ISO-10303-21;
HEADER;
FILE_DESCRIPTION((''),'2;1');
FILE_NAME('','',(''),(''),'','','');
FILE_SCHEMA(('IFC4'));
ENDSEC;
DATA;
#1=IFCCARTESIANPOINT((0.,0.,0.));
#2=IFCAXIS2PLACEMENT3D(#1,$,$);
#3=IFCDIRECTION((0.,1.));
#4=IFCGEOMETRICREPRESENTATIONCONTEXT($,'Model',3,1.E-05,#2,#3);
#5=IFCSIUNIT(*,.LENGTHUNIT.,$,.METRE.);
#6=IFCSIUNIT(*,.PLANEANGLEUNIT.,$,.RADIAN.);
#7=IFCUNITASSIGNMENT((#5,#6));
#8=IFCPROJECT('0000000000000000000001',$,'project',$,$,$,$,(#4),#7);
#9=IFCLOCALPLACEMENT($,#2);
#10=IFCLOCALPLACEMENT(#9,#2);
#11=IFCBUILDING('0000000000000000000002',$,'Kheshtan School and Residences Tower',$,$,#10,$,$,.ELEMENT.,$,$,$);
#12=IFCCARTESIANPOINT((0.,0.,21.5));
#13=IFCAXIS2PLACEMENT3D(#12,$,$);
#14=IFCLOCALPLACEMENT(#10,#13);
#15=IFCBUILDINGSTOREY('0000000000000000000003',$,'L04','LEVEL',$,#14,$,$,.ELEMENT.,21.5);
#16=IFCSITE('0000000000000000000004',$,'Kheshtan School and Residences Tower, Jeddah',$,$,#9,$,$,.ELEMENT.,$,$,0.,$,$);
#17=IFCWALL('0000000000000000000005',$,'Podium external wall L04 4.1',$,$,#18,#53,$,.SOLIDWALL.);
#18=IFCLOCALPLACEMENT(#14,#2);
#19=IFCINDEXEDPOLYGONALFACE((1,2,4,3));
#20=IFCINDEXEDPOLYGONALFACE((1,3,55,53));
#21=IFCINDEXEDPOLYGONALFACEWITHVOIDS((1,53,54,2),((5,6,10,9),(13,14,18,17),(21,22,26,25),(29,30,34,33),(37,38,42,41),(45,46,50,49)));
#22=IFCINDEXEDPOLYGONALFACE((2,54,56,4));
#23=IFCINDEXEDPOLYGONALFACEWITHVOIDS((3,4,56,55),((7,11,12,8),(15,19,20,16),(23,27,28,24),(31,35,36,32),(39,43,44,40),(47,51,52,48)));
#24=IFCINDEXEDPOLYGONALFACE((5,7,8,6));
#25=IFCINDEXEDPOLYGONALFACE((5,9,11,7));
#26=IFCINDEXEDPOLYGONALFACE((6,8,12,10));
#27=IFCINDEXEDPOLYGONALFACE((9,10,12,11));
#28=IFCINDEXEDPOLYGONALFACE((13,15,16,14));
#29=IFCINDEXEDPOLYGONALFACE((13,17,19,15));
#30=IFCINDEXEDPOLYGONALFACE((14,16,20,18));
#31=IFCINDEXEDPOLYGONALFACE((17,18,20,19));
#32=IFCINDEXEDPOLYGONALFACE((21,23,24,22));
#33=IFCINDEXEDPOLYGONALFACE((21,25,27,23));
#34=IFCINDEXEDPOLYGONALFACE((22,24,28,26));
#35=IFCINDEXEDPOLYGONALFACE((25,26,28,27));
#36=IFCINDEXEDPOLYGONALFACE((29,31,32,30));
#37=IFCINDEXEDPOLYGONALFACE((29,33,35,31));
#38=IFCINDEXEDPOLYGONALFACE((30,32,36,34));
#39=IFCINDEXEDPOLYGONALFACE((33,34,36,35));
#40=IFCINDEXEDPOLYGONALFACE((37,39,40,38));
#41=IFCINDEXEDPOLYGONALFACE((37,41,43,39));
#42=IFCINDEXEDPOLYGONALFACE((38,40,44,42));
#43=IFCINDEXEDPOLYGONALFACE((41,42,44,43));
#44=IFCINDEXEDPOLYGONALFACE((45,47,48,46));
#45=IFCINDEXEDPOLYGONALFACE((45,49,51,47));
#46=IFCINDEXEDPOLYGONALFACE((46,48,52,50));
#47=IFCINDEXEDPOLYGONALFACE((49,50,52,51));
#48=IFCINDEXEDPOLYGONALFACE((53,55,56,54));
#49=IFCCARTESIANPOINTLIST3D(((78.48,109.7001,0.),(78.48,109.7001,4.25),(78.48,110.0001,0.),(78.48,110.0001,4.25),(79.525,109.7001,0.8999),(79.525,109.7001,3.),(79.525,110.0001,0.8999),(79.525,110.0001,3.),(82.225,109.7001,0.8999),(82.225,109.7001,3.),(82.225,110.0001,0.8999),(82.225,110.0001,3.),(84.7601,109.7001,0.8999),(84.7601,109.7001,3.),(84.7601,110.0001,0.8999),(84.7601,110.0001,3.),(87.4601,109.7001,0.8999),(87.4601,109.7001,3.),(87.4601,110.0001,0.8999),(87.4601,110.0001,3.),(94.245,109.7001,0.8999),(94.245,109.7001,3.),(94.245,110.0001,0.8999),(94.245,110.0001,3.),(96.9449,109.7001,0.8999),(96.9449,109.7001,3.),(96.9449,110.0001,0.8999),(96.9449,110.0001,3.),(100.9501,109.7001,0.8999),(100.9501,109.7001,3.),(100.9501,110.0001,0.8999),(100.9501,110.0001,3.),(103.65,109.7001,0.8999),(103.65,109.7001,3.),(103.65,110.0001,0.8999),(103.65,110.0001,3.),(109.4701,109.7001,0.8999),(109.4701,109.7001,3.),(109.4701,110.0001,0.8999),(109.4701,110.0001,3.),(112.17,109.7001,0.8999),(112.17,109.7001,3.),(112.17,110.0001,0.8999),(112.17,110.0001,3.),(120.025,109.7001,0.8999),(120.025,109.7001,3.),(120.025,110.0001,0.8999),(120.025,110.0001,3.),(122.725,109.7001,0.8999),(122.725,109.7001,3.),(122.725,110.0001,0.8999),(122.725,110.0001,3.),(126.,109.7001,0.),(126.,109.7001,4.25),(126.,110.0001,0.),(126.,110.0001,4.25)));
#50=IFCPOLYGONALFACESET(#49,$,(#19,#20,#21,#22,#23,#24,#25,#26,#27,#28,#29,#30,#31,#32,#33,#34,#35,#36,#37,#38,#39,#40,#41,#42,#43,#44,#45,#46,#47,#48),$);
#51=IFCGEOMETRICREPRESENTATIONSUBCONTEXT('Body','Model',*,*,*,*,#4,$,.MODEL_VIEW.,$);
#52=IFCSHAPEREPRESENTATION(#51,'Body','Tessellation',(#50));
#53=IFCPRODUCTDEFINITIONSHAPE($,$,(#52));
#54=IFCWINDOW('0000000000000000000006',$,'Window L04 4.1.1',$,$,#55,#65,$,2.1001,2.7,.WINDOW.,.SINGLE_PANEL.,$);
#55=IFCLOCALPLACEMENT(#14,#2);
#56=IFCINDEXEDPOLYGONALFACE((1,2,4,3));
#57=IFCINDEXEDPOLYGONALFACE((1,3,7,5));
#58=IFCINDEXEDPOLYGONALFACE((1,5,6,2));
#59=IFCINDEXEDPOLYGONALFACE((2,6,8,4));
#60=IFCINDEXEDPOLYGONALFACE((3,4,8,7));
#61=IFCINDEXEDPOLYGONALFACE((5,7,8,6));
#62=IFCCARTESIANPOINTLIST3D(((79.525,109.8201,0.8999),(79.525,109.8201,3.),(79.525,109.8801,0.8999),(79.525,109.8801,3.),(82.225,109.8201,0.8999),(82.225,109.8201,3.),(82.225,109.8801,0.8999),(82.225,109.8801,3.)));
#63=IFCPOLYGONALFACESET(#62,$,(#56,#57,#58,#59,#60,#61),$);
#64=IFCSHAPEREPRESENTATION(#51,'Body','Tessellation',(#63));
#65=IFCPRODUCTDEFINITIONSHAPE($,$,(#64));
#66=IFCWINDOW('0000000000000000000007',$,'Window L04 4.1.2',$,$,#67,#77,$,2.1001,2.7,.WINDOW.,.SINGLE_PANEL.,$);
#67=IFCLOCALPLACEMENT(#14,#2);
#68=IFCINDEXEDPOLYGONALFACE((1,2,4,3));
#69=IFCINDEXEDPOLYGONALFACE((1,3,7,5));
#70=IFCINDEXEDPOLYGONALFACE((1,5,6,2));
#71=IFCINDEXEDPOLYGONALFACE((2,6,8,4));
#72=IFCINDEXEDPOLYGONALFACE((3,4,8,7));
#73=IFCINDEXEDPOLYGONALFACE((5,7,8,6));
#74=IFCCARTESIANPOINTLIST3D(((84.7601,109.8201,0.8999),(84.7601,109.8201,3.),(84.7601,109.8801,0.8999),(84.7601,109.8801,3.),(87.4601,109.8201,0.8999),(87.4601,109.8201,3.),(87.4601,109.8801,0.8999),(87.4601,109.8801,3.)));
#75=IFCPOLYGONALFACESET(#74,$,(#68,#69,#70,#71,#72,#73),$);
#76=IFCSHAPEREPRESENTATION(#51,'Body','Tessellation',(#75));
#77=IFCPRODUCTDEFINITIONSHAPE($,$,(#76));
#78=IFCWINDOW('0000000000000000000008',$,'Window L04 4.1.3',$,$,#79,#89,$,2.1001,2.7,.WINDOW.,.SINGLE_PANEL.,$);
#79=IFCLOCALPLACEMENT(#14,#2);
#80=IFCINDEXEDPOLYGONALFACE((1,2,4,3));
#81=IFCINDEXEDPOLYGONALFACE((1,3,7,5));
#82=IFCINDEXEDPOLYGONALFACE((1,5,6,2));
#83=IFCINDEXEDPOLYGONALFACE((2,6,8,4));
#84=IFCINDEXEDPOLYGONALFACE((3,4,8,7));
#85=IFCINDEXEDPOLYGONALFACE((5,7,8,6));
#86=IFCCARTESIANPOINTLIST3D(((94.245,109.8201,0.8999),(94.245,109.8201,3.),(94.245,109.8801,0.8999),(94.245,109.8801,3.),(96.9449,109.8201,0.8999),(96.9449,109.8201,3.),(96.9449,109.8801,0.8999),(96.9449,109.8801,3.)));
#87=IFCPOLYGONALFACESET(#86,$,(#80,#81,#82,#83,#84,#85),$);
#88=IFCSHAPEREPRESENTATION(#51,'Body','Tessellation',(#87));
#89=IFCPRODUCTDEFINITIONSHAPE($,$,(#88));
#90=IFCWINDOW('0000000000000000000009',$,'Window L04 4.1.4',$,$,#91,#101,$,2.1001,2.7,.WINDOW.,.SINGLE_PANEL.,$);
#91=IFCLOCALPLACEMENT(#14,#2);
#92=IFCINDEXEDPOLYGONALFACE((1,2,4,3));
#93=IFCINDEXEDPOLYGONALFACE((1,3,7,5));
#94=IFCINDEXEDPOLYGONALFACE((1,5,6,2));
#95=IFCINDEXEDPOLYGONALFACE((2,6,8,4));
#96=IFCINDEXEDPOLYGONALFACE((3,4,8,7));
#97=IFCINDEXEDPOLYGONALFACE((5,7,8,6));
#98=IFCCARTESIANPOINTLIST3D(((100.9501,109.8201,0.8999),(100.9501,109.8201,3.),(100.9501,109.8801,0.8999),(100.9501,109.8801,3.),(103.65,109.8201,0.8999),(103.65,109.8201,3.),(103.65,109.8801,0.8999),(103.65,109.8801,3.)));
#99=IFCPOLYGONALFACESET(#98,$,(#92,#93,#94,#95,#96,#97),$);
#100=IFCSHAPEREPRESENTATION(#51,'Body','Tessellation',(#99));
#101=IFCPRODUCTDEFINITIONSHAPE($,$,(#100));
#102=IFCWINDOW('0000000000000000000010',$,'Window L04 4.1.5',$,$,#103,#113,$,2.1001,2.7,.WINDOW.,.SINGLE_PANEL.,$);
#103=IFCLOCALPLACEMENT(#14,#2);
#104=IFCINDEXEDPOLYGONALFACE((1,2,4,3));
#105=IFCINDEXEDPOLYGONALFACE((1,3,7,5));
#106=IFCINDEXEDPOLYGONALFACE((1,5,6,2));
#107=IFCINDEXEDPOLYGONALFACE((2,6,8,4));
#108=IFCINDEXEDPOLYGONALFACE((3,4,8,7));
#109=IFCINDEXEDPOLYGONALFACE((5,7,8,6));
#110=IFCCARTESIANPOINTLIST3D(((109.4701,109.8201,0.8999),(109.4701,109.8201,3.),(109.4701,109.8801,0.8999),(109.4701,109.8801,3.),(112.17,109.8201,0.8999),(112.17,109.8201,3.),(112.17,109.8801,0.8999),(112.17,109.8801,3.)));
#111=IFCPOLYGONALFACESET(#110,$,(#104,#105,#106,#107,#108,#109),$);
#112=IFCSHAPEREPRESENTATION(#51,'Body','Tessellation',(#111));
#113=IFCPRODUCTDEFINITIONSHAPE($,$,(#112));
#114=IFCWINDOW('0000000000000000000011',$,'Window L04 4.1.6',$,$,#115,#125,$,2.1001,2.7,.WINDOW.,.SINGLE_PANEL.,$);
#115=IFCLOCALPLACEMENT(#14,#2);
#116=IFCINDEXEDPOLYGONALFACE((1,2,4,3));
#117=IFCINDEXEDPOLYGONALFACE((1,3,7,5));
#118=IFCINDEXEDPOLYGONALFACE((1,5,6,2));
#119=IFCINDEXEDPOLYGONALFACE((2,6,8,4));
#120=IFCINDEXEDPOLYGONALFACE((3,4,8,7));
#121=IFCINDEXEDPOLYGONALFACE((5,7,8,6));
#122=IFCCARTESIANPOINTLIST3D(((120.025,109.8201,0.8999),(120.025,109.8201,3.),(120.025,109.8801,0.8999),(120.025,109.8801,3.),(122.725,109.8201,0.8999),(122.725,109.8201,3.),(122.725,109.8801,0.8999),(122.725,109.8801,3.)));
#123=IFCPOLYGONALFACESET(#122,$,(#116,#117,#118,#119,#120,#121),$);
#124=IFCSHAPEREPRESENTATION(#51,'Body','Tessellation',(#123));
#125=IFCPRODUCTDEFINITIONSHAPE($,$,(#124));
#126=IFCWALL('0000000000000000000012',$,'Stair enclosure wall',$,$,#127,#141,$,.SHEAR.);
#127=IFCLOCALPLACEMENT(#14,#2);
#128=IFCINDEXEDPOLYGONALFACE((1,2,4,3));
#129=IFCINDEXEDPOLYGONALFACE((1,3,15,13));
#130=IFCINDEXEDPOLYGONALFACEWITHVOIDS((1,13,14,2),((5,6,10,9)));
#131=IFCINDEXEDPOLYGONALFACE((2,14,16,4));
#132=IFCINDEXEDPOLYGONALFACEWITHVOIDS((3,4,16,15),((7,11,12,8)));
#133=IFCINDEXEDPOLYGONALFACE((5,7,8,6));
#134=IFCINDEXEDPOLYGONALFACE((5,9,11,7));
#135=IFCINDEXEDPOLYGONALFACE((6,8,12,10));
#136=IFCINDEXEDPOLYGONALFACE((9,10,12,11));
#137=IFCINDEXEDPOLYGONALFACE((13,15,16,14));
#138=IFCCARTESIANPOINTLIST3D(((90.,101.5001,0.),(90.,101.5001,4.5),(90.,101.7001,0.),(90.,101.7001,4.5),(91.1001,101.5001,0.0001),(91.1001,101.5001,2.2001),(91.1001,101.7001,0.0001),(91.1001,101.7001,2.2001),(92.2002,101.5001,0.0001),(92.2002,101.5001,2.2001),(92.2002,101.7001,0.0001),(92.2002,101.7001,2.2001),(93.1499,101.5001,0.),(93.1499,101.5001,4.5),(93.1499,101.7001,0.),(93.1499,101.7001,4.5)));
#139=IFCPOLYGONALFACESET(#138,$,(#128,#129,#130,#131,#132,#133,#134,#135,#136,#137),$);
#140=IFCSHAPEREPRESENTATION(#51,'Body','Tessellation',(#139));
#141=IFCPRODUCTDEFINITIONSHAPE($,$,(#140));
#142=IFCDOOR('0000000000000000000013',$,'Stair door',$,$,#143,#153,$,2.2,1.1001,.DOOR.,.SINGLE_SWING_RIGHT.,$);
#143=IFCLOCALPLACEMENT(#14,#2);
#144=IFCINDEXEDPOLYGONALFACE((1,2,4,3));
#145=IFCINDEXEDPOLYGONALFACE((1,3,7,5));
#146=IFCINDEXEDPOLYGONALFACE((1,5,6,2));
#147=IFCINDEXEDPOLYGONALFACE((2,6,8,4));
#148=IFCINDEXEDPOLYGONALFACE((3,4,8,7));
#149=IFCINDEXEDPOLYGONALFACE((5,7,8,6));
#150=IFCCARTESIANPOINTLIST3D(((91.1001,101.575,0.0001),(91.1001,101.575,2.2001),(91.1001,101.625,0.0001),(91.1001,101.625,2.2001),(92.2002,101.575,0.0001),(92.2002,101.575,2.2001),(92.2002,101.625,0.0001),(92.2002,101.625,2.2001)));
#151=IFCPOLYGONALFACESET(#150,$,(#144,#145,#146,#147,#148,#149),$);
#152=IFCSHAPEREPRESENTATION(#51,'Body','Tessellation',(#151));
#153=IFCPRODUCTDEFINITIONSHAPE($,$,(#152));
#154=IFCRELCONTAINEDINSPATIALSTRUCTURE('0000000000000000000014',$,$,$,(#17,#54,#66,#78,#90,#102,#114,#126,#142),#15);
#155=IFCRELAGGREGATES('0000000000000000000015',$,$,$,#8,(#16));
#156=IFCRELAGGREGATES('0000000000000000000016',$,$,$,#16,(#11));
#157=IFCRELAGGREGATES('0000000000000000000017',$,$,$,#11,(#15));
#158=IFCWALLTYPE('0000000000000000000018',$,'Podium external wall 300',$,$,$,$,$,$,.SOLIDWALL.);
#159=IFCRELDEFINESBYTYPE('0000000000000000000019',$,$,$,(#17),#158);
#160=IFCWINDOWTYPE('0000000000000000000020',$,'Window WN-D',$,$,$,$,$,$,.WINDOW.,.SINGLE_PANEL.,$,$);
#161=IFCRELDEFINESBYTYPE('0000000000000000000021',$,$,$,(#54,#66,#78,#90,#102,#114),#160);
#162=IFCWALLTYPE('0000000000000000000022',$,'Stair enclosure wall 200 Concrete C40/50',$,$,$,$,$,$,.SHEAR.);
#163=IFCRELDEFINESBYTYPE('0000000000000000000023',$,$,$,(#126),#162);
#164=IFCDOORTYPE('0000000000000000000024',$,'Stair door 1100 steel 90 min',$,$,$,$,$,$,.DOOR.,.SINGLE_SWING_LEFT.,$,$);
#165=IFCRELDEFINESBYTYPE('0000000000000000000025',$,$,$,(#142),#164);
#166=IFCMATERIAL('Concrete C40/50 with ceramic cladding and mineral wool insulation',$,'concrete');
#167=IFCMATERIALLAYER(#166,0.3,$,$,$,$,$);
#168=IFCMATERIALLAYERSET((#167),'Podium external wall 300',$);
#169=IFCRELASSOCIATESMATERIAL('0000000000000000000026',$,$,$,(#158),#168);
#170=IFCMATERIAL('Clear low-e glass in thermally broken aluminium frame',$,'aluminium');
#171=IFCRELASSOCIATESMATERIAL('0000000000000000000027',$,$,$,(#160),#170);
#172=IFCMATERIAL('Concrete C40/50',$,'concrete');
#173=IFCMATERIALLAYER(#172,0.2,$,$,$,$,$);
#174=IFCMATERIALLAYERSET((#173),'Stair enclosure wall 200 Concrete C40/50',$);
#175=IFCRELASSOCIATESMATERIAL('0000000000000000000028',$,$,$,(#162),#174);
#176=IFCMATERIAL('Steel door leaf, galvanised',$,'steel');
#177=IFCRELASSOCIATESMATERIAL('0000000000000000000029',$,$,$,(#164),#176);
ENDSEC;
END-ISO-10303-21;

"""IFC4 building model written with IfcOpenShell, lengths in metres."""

from ifc_helpers import new_model, si_unit, direction, frame, frame_2d, origin, place, context, subcontext, project, spatial, rectangle, extrude, source, transform, mapped, material, layer, layer_set, type_object, element, fill, save


model = new_model("IFC4")

# Units and contexts
model_context = context("Model", 3, precision=1e-05, world=origin(), true_north=direction((0.0, 1.0)))
body_context = subcontext(model_context, "Body", "Model", "MODEL_VIEW")
ifc_project = project(units=[si_unit("LENGTHUNIT", "METRE"), si_unit("PLANEANGLEUNIT", "RADIAN")], contexts=[model_context])

# Site, building, storey
site_placement = place(None, origin())
site = spatial("IfcSite", under=ifc_project, at=site_placement, Name="Kheshtan School and Residences Tower, Jeddah", CompositionType="ELEMENT", RefElevation=0.0)
building_placement = place(site_placement, origin())
building = spatial("IfcBuilding", under=site, at=building_placement, Name="Kheshtan School and Residences Tower", CompositionType="ELEMENT")
storey_placement = place(building_placement, frame((0.0, 0.0, 21.5)))
storey = spatial("IfcBuildingStorey", under=building, at=storey_placement, Name="L04", Description="LEVEL", CompositionType="ELEMENT", Elevation=21.5)

# Shared definitions
ifc_material_1 = material(Name="Clear low-e glass in thermally broken aluminium frame", Category="aluminium")

# Wall, openings, windows
ifc_material_2 = material(Name="Concrete C40/50 with ceramic cladding and mineral wool insulation", Category="concrete")
ifc_layer_1 = layer(ifc_material_2, 0.3)
ifc_layer_set_1 = layer_set([ifc_layer_1], Name="Podium external wall 300")
wall_type_1 = type_object("IfcWallType", Name="Podium external wall 300", PredefinedType="SOLIDWALL", material=ifc_layer_set_1)
wall_1_placement = place(storey_placement, frame((78.48, 109.8501, 0.0), z_axis=(0.0, 0.0, 1.0), x_axis=(1.0, 0.0, 0.0)))
wall_1 = element("IfcWall", 1, at=wall_1_placement, inside=storey, type_object=wall_type_1, Name="Podium external wall L04 4.1", PredefinedType="SOLIDWALL", context=body_context, shape_type="SweptSolid", body=[
    extrude(rectangle(XDim=47.52, YDim=0.3, at=frame_2d((23.76, 0.0))), origin(), (0.0, 0.0, 1.0), 4.25),
])
opening_1_placement = place(wall_1_placement, frame((1.0449, 0.0, 0.8999)))
opening_1 = element("IfcOpeningElement", 2, at=opening_1_placement, cuts=wall_1, PredefinedType="OPENING", context=body_context, shape_type="SweptSolid", body=[
    extrude(rectangle(XDim=2.7, YDim=2.1001, at=frame_2d((1.3501, 1.05))), frame((0.0, 0.1602, 0.0), z_axis=(0.0, -1.0, 0.0), x_axis=(1.0, 0.0, 0.0)), (0.0, 0.0, 1.0), 0.3201),
])
opening_2_placement = place(wall_1_placement, frame((6.28, 0.0, 0.8999)))
opening_2 = element("IfcOpeningElement", 3, at=opening_2_placement, cuts=wall_1, PredefinedType="OPENING", context=body_context, shape_type="SweptSolid", body=[
    extrude(rectangle(XDim=2.7, YDim=2.1001, at=frame_2d((1.3501, 1.05))), frame((0.0, 0.1602, 0.0), z_axis=(0.0, -1.0, 0.0), x_axis=(1.0, 0.0, 0.0)), (0.0, 0.0, 1.0), 0.3201),
])
opening_3_placement = place(wall_1_placement, frame((15.7649, 0.0, 0.8999)))
opening_3 = element("IfcOpeningElement", 4, at=opening_3_placement, cuts=wall_1, PredefinedType="OPENING", context=body_context, shape_type="SweptSolid", body=[
    extrude(rectangle(XDim=2.7, YDim=2.1001, at=frame_2d((1.3501, 1.05))), frame((0.0, 0.1602, 0.0), z_axis=(0.0, -1.0, 0.0), x_axis=(1.0, 0.0, 0.0)), (0.0, 0.0, 1.0), 0.3201),
])
opening_4_placement = place(wall_1_placement, frame((22.47, 0.0, 0.8999)))
opening_4 = element("IfcOpeningElement", 5, at=opening_4_placement, cuts=wall_1, PredefinedType="OPENING", context=body_context, shape_type="SweptSolid", body=[
    extrude(rectangle(XDim=2.7, YDim=2.1001, at=frame_2d((1.3501, 1.05))), frame((0.0, 0.1602, 0.0), z_axis=(0.0, -1.0, 0.0), x_axis=(1.0, 0.0, 0.0)), (0.0, 0.0, 1.0), 0.3201),
])
opening_5_placement = place(wall_1_placement, frame((30.99, 0.0, 0.8999)))
opening_5 = element("IfcOpeningElement", 6, at=opening_5_placement, cuts=wall_1, PredefinedType="OPENING", context=body_context, shape_type="SweptSolid", body=[
    extrude(rectangle(XDim=2.7, YDim=2.1001, at=frame_2d((1.3501, 1.05))), frame((0.0, 0.1602, 0.0), z_axis=(0.0, -1.0, 0.0), x_axis=(1.0, 0.0, 0.0)), (0.0, 0.0, 1.0), 0.3201),
])
opening_6_placement = place(wall_1_placement, frame((41.5449, 0.0, 0.8999)))
opening_6 = element("IfcOpeningElement", 7, at=opening_6_placement, cuts=wall_1, PredefinedType="OPENING", context=body_context, shape_type="SweptSolid", body=[
    extrude(rectangle(XDim=2.7, YDim=2.1001, at=frame_2d((1.3501, 1.05))), frame((0.0, 0.1602, 0.0), z_axis=(0.0, -1.0, 0.0), x_axis=(1.0, 0.0, 0.0)), (0.0, 0.0, 1.0), 0.3201),
])
window_type = type_object("IfcWindowType", Name="Window WN-D", PartitioningType="SINGLE_PANEL", PredefinedType="WINDOW", material=ifc_material_1)
shared_shape_1 = source(origin(), body_context, "Body", "SweptSolid", [
    extrude(rectangle(XDim=2.7, YDim=2.1001, at=frame_2d((1.3501, 1.05))), frame((0.0, 0.03, 0.0), z_axis=(0.0, -1.0, 0.0), x_axis=(1.0, 0.0, 0.0)), (0.0, 0.0, 1.0), 0.0601),
])
window_1_placement = place(opening_1_placement, origin())
window_1 = element("IfcWindow", 8, at=window_1_placement, inside=storey, type_object=window_type, Name="Window L04 4.1.1", OverallHeight=2.1001, OverallWidth=2.7, PartitioningType="SINGLE_PANEL", PredefinedType="WINDOW", context=body_context, shape_type="MappedRepresentation", body=[
    mapped(shared_shape_1, transform((0.0, 0.0, 0.0), x_axis=(1.0, 0.0, 0.0), y_axis=(0.0, 1.0, 0.0), z_axis=(0.0, 0.0, 1.0), scale=1.0)),
])
fill(opening_1, window_1)
window_2_placement = place(opening_2_placement, origin())
window_2 = element("IfcWindow", 9, at=window_2_placement, inside=storey, type_object=window_type, Name="Window L04 4.1.2", OverallHeight=2.1001, OverallWidth=2.7, PartitioningType="SINGLE_PANEL", PredefinedType="WINDOW", context=body_context, shape_type="MappedRepresentation", body=[
    mapped(shared_shape_1, transform((0.0, 0.0, 0.0), x_axis=(1.0, 0.0, 0.0), y_axis=(0.0, 1.0, 0.0), z_axis=(0.0, 0.0, 1.0), scale=1.0)),
])
fill(opening_2, window_2)
window_3_placement = place(opening_3_placement, origin())
window_3 = element("IfcWindow", 10, at=window_3_placement, inside=storey, type_object=window_type, Name="Window L04 4.1.3", OverallHeight=2.1001, OverallWidth=2.7, PartitioningType="SINGLE_PANEL", PredefinedType="WINDOW", context=body_context, shape_type="MappedRepresentation", body=[
    mapped(shared_shape_1, transform((0.0, 0.0, 0.0), x_axis=(1.0, 0.0, 0.0), y_axis=(0.0, 1.0, 0.0), z_axis=(0.0, 0.0, 1.0), scale=1.0)),
])
fill(opening_3, window_3)
window_4_placement = place(opening_4_placement, origin())
window_4 = element("IfcWindow", 11, at=window_4_placement, inside=storey, type_object=window_type, Name="Window L04 4.1.4", OverallHeight=2.1001, OverallWidth=2.7, PartitioningType="SINGLE_PANEL", PredefinedType="WINDOW", context=body_context, shape_type="MappedRepresentation", body=[
    mapped(shared_shape_1, transform((0.0, 0.0, 0.0), x_axis=(1.0, 0.0, 0.0), y_axis=(0.0, 1.0, 0.0), z_axis=(0.0, 0.0, 1.0), scale=1.0)),
])
fill(opening_4, window_4)
window_5_placement = place(opening_5_placement, origin())
window_5 = element("IfcWindow", 12, at=window_5_placement, inside=storey, type_object=window_type, Name="Window L04 4.1.5", OverallHeight=2.1001, OverallWidth=2.7, PartitioningType="SINGLE_PANEL", PredefinedType="WINDOW", context=body_context, shape_type="MappedRepresentation", body=[
    mapped(shared_shape_1, transform((0.0, 0.0, 0.0), x_axis=(1.0, 0.0, 0.0), y_axis=(0.0, 1.0, 0.0), z_axis=(0.0, 0.0, 1.0), scale=1.0)),
])
fill(opening_5, window_5)
window_6_placement = place(opening_6_placement, origin())
window_6 = element("IfcWindow", 13, at=window_6_placement, inside=storey, type_object=window_type, Name="Window L04 4.1.6", OverallHeight=2.1001, OverallWidth=2.7, PartitioningType="SINGLE_PANEL", PredefinedType="WINDOW", context=body_context, shape_type="MappedRepresentation", body=[
    mapped(shared_shape_1, transform((0.0, 0.0, 0.0), x_axis=(1.0, 0.0, 0.0), y_axis=(0.0, 1.0, 0.0), z_axis=(0.0, 0.0, 1.0), scale=1.0)),
])
fill(opening_6, window_6)

# Wall, opening, door
ifc_material_3 = material(Name="Concrete C40/50", Category="concrete")
ifc_layer_2 = layer(ifc_material_3, 0.2)
ifc_layer_set_2 = layer_set([ifc_layer_2], Name="Stair enclosure wall 200 Concrete C40/50")
wall_type_2 = type_object("IfcWallType", Name="Stair enclosure wall 200 Concrete C40/50", PredefinedType="SHEAR", material=ifc_layer_set_2)
wall_2_placement = place(storey_placement, frame((90.0, 101.6001, 0.0), z_axis=(0.0, 0.0, 1.0), x_axis=(1.0, 0.0, 0.0)))
wall_2 = element("IfcWall", 14, at=wall_2_placement, inside=storey, type_object=wall_type_2, Name="Stair enclosure wall", PredefinedType="SHEAR", context=body_context, shape_type="SweptSolid", body=[
    extrude(rectangle(XDim=3.1499, YDim=0.2, at=frame_2d((1.575, 0.0))), origin(), (0.0, 0.0, 1.0), 4.5),
])
opening_7_placement = place(wall_2_placement, frame((1.1001, 0.0, 0.0)))
opening_7 = element("IfcOpeningElement", 15, at=opening_7_placement, cuts=wall_2, PredefinedType="OPENING", context=body_context, shape_type="SweptSolid", body=[
    extrude(rectangle(XDim=1.1001, YDim=2.2, at=frame_2d((0.55, 1.1001))), frame((0.0, 0.1099, 0.0), z_axis=(0.0, -1.0, 0.0), x_axis=(1.0, 0.0, 0.0)), (0.0, 0.0, 1.0), 0.22),
])
ifc_material_4 = material(Name="Steel door leaf, galvanised", Category="steel")
door_type = type_object("IfcDoorType", Name="Stair door 1100 steel 90 min", OperationType="SINGLE_SWING_LEFT", PredefinedType="DOOR", material=ifc_material_4)
shared_shape_2 = source(origin(), body_context, "Body", "SweptSolid", [
    extrude(rectangle(XDim=1.1001, YDim=2.2, at=frame_2d((0.55, 1.1001))), frame((0.0, 0.0249, 0.0), z_axis=(0.0, -1.0, 0.0), x_axis=(1.0, 0.0, 0.0)), (0.0, 0.0, 1.0), 0.05),
])
door_placement = place(opening_7_placement, origin())
door = element("IfcDoor", 16, at=door_placement, inside=storey, type_object=door_type, Name="Stair door", OperationType="SINGLE_SWING_RIGHT", OverallHeight=2.2, OverallWidth=1.1001, PredefinedType="DOOR", context=body_context, shape_type="MappedRepresentation", body=[
    mapped(shared_shape_2, transform((0.0, 0.0, 0.0), x_axis=(1.0, 0.0, 0.0), y_axis=(0.0, 1.0, 0.0), z_axis=(0.0, 0.0, 1.0), scale=1.0)),
])
fill(opening_7, door)

save(model, "model.ifc")
